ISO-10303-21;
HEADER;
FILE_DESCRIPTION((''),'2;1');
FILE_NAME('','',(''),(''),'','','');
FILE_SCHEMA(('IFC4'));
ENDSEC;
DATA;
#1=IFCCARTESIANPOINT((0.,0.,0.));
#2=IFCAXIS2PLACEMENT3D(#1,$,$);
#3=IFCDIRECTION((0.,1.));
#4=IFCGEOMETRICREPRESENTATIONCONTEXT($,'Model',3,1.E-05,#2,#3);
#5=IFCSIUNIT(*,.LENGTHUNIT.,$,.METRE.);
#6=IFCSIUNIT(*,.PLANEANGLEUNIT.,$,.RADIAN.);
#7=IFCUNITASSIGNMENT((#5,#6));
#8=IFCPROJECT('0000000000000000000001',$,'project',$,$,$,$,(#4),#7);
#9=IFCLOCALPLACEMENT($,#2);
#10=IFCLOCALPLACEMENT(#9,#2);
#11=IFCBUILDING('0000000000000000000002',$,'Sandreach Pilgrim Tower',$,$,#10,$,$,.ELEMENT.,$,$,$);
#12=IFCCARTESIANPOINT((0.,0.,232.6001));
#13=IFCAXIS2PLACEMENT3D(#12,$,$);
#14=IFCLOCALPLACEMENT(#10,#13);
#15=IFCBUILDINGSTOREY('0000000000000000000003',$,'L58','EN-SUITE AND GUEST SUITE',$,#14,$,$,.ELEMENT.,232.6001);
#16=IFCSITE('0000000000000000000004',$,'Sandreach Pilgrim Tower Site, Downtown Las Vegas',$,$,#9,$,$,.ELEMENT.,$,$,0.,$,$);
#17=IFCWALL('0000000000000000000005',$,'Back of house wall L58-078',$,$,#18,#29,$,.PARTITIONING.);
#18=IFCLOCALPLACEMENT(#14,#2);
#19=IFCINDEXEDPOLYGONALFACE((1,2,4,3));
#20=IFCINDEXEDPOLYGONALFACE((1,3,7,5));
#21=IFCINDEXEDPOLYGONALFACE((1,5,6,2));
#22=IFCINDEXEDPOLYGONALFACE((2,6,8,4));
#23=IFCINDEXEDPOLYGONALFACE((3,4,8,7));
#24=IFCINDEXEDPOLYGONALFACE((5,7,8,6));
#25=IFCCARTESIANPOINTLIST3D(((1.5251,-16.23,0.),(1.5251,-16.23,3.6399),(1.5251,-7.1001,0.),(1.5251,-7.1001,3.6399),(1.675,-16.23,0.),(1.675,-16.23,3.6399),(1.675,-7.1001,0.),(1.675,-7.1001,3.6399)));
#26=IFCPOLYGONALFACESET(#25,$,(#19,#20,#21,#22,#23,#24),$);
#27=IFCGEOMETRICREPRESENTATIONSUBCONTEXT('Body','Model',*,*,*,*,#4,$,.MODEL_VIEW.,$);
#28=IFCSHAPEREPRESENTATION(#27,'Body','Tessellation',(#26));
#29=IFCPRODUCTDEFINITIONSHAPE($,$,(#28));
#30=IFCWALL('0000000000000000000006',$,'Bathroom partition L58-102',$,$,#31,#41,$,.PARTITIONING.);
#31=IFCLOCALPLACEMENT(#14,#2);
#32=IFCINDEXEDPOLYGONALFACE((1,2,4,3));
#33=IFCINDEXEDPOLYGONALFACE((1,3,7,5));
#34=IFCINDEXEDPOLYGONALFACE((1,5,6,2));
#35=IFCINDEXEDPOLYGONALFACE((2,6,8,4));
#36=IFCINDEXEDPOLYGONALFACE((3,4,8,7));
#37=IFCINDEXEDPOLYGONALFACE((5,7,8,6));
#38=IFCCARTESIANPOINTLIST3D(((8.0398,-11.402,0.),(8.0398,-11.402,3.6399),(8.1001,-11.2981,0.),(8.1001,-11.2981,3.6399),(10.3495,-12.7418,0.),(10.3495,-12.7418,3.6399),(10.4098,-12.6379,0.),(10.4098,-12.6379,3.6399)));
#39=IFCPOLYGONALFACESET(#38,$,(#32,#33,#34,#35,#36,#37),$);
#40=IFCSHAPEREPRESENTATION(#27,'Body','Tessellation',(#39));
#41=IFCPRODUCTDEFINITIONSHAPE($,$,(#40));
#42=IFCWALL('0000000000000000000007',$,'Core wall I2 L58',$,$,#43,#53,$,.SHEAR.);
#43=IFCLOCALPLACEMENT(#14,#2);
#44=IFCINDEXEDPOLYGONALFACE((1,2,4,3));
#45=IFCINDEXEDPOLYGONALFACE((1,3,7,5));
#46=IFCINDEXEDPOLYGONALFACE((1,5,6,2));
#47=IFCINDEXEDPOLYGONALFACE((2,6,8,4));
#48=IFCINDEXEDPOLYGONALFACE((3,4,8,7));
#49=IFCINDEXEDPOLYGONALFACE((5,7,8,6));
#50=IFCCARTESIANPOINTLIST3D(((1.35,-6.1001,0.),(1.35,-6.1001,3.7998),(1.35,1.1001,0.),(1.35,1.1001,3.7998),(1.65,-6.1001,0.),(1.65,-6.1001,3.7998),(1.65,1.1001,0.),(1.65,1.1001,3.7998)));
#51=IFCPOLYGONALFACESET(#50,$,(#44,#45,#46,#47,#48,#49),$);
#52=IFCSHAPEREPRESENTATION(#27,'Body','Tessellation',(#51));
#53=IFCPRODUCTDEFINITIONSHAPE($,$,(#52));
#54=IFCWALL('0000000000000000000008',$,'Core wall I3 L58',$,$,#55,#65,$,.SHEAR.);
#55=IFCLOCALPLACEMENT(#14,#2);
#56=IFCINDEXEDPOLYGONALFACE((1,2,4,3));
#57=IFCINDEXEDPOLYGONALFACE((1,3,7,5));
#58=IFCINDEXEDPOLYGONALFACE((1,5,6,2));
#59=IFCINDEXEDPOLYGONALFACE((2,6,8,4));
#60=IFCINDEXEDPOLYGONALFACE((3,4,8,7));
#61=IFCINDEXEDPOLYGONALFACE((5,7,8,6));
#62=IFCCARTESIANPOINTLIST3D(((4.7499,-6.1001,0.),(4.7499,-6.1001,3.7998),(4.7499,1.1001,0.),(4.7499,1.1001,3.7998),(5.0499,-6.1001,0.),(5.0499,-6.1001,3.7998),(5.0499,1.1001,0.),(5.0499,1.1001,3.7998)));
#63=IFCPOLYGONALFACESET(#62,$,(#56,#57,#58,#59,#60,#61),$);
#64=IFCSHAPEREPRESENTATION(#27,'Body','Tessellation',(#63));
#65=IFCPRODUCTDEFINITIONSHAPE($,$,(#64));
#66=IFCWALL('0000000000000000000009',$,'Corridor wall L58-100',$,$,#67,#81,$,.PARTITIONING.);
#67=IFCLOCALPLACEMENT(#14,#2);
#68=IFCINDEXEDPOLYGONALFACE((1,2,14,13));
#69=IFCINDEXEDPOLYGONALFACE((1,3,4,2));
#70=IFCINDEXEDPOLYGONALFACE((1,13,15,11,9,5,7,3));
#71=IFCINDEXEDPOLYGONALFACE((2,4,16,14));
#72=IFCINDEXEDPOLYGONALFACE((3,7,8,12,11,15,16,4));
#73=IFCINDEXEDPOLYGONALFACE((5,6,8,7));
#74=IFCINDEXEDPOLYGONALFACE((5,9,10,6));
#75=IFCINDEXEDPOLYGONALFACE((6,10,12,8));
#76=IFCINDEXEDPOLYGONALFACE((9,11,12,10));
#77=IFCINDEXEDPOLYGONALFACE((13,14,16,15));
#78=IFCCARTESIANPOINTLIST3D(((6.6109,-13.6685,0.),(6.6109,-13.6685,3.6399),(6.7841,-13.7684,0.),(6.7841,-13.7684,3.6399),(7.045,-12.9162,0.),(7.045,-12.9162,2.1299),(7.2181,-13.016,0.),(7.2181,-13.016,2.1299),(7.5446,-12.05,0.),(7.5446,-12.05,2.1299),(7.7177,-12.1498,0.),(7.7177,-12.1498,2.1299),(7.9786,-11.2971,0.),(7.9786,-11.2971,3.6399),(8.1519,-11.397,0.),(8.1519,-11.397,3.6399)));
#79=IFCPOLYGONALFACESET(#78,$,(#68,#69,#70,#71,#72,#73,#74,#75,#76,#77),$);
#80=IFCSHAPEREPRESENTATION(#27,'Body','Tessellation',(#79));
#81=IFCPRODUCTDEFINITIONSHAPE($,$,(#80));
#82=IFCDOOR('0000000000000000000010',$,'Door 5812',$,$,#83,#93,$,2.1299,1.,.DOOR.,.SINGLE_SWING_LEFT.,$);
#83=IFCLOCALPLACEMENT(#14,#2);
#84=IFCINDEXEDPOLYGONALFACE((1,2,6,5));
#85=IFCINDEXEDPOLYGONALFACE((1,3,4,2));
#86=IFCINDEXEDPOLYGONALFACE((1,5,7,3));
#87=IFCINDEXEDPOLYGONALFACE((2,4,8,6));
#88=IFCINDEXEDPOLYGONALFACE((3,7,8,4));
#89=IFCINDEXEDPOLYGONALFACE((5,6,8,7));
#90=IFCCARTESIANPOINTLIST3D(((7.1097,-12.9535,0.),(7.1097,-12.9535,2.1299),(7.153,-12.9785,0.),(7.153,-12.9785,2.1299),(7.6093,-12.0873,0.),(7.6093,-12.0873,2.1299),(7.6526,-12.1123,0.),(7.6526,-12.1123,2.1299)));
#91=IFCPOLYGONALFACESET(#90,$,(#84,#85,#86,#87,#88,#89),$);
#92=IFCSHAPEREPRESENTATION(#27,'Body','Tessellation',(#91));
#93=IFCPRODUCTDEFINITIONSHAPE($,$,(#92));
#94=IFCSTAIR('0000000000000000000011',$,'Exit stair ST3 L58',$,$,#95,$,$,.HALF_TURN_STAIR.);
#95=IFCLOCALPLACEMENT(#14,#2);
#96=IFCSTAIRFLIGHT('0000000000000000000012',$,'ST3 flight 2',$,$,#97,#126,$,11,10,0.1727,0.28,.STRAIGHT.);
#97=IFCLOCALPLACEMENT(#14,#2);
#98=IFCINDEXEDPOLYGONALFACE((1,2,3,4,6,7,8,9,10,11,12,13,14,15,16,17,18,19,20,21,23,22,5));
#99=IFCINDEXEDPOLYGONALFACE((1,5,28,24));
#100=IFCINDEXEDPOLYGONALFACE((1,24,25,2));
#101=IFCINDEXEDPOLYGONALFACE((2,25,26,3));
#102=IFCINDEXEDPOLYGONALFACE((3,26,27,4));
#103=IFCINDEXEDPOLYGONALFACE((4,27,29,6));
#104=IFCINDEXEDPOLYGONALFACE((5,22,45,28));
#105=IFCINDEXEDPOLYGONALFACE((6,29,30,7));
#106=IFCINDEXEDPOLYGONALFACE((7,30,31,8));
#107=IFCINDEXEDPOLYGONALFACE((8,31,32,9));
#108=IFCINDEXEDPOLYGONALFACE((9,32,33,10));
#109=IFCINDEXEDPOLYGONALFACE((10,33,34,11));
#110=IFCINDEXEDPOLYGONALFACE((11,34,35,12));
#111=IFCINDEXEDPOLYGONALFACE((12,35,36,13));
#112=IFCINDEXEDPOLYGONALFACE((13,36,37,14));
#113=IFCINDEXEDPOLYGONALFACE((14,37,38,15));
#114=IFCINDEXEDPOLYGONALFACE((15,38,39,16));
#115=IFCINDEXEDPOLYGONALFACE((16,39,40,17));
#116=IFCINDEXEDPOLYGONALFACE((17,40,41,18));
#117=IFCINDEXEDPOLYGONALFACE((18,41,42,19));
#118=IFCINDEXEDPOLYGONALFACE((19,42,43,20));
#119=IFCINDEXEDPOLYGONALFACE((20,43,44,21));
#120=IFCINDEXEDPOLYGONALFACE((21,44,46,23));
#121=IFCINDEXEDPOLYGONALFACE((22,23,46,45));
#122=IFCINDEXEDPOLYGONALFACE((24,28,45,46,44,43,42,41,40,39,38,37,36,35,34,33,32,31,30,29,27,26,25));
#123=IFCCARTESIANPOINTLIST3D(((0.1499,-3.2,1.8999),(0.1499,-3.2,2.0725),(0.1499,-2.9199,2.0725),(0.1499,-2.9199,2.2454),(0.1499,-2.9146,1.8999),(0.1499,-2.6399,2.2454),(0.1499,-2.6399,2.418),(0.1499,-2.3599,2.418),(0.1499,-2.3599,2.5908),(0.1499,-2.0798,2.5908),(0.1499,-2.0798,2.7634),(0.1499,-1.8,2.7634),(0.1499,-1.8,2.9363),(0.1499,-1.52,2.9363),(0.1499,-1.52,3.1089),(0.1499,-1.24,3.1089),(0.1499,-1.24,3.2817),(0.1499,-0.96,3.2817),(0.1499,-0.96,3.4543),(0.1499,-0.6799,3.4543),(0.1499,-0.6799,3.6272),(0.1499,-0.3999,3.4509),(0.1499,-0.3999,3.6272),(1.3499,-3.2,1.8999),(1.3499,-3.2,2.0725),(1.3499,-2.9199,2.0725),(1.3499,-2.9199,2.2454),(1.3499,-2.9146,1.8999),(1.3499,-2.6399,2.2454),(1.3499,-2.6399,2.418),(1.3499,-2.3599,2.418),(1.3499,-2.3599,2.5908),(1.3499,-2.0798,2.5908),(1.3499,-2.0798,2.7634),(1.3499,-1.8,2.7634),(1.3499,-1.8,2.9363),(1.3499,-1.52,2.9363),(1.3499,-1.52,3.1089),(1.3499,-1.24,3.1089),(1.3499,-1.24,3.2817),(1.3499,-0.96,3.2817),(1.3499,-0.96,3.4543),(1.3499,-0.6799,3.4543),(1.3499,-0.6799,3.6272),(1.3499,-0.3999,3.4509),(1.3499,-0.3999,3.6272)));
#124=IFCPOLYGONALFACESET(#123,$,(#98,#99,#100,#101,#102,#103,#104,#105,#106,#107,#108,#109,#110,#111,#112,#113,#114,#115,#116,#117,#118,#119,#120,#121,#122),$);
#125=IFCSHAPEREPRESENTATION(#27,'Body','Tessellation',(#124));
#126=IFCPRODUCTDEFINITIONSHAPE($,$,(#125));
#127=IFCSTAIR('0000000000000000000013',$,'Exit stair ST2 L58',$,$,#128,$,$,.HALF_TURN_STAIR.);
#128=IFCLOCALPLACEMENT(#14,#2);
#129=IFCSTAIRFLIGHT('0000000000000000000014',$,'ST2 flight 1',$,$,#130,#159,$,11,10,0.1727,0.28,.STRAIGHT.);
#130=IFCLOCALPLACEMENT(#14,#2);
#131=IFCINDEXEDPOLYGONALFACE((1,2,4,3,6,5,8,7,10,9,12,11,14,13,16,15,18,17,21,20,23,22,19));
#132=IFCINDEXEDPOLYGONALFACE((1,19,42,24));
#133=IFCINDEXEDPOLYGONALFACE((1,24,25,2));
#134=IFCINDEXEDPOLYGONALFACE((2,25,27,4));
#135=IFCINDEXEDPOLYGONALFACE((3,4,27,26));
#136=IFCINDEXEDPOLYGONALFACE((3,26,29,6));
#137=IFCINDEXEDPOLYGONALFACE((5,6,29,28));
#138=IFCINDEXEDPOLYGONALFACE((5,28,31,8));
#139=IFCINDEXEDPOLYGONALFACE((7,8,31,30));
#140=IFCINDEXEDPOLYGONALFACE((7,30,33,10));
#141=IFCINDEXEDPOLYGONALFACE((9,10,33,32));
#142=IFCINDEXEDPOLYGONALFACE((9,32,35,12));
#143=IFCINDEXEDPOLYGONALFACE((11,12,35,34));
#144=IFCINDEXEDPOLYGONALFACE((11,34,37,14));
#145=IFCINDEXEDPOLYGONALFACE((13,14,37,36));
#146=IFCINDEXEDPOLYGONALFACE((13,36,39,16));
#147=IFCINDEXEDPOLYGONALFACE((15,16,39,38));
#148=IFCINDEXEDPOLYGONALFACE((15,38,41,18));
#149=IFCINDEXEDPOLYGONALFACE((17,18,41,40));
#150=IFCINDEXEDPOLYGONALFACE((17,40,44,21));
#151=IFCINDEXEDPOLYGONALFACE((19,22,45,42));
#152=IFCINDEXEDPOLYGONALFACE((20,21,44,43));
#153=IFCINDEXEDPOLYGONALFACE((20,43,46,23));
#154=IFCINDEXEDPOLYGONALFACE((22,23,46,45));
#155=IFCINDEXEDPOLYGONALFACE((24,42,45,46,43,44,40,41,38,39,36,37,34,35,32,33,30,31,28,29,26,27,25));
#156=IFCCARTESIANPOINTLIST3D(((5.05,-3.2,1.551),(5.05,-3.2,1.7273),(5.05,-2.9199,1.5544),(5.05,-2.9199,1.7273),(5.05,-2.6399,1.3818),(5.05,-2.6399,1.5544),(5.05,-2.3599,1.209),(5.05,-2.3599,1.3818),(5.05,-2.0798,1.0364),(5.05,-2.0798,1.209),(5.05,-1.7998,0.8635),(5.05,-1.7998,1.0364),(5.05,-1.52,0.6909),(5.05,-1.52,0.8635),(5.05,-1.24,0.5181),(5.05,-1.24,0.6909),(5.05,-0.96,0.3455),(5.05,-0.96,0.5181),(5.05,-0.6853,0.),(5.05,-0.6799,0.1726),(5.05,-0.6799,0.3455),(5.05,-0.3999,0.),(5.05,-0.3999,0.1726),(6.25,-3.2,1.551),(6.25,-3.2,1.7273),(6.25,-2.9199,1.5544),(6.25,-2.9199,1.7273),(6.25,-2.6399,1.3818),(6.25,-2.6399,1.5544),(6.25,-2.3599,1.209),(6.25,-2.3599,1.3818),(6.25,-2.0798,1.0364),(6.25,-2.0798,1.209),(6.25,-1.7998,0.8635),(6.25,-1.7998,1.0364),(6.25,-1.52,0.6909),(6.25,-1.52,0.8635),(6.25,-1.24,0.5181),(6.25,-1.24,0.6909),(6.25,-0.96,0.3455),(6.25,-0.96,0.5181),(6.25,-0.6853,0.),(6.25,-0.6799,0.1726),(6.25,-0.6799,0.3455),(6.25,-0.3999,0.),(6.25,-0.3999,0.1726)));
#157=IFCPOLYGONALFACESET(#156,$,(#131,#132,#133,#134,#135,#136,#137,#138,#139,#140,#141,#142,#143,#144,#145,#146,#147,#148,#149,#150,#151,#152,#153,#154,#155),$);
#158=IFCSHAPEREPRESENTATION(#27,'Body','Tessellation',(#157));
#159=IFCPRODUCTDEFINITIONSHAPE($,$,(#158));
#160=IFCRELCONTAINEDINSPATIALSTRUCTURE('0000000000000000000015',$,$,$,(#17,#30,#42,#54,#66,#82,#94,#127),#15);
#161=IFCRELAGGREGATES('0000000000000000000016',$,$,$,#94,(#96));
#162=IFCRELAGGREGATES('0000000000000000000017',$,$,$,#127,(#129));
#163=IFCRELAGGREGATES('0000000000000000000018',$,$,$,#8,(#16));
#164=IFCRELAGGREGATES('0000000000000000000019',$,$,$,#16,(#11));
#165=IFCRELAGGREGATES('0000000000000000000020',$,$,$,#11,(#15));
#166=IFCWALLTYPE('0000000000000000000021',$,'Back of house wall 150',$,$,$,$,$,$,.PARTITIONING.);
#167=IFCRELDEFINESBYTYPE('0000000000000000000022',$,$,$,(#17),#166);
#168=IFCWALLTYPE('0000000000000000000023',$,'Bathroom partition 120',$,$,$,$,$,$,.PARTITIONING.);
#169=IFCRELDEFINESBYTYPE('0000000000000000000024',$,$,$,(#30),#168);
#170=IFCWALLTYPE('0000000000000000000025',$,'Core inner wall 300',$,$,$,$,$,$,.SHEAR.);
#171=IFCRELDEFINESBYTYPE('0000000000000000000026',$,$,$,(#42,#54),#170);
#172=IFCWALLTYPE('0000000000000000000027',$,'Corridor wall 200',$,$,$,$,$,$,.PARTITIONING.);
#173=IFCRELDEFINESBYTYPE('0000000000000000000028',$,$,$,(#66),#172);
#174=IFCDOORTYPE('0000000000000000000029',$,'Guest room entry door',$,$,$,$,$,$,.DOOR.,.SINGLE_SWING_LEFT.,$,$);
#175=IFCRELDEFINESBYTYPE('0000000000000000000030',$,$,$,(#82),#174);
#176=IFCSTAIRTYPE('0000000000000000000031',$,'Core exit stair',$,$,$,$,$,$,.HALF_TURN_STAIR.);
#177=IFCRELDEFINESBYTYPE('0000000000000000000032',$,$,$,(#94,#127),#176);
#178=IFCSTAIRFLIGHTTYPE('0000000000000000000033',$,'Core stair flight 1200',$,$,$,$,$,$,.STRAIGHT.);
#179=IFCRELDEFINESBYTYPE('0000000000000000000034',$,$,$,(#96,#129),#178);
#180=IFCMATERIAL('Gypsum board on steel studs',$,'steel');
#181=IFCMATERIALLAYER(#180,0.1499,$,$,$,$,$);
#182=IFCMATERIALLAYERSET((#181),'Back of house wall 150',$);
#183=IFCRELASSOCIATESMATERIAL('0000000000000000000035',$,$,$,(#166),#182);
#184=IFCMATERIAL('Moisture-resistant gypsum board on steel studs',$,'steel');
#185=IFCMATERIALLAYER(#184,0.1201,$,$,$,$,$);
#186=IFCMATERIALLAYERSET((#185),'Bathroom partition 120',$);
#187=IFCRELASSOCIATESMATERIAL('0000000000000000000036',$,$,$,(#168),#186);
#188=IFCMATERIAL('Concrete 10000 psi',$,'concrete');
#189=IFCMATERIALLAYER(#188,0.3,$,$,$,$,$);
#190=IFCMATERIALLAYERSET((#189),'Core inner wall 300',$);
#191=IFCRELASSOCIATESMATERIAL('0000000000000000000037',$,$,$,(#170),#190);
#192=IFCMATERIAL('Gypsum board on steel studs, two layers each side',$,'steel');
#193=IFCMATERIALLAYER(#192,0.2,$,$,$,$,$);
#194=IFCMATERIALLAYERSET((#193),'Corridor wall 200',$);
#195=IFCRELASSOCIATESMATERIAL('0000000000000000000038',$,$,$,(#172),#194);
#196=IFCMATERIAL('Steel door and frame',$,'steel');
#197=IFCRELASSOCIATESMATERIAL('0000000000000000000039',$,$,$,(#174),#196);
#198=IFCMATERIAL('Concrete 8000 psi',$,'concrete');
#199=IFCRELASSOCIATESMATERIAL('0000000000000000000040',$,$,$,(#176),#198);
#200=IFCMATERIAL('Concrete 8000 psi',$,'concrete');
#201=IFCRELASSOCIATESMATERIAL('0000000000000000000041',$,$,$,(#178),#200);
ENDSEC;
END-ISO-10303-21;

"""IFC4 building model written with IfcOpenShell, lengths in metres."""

from ifc_helpers import new_model, si_unit, direction, frame, frame_2d, origin, place, context, subcontext, project, spatial, polyline, rectangle, outline, extrude, material, layer, layer_set, type_object, element, fill, aggregate, save


model = new_model("IFC4")

# Units and contexts
model_context = context("Model", 3, precision=1e-05, world=origin(), true_north=direction((0.0, 1.0)))
body_context = subcontext(model_context, "Body", "Model", "MODEL_VIEW")
ifc_project = project(units=[si_unit("LENGTHUNIT", "METRE"), si_unit("PLANEANGLEUNIT", "RADIAN")], contexts=[model_context])

# Site, building, storey
site_placement = place(None, origin())
site = spatial("IfcSite", under=ifc_project, at=site_placement, Name="Sandreach Pilgrim Tower Site, Downtown Las Vegas", CompositionType="ELEMENT", RefElevation=0.0)
building_placement = place(site_placement, origin())
building = spatial("IfcBuilding", under=site, at=building_placement, Name="Sandreach Pilgrim Tower", CompositionType="ELEMENT")
storey_placement = place(building_placement, frame((0.0, 0.0, 232.6001)))
storey = spatial("IfcBuildingStorey", under=building, at=storey_placement, Name="L58", Description="EN-SUITE AND GUEST SUITE", CompositionType="ELEMENT", Elevation=232.6001)

# Walls
ifc_material_1 = material(Name="Gypsum board on steel studs", Category="steel")
ifc_layer_1 = layer(ifc_material_1, 0.1499)
ifc_layer_set_1 = layer_set([ifc_layer_1], Name="Back of house wall 150")
wall_type_1 = type_object("IfcWallType", Name="Back of house wall 150", PredefinedType="PARTITIONING", material=ifc_layer_set_1)
wall_1_placement = place(storey_placement, frame((1.6001, -7.1001, 0.0), z_axis=(0.0, 0.0, 1.0), x_axis=(0.0, -1.0, 0.0)))
element("IfcWall", 1, at=wall_1_placement, inside=storey, type_object=wall_type_1, Name="Back of house wall L58-078", PredefinedType="PARTITIONING", context=body_context, shape_type="SweptSolid", body=[
    extrude(rectangle(XDim=9.1299, YDim=0.1499, at=frame_2d((4.5649, 0.0))), origin(), (0.0, 0.0, 1.0), 3.6399),
])
ifc_material_2 = material(Name="Moisture-resistant gypsum board on steel studs", Category="steel")
ifc_layer_2 = layer(ifc_material_2, 0.1201)
ifc_layer_set_2 = layer_set([ifc_layer_2], Name="Bathroom partition 120")
wall_type_2 = type_object("IfcWallType", Name="Bathroom partition 120", PredefinedType="PARTITIONING", material=ifc_layer_set_2)
wall_2_placement = place(storey_placement, frame((8.0701, -11.3501, 0.0), z_axis=(0.0, 0.0, 1.0), x_axis=(0.865007, -0.501761, 0.0)))
element("IfcWall", 2, at=wall_2_placement, inside=storey, type_object=wall_type_2, Name="Bathroom partition L58-102", PredefinedType="PARTITIONING", context=body_context, shape_type="SweptSolid", body=[
    extrude(rectangle(XDim=2.6702, YDim=0.1201, at=frame_2d((1.335, 0.0))), origin(), (0.0, 0.0, 1.0), 3.6399),
])
ifc_material_3 = material(Name="Concrete 10000 psi", Category="concrete")
ifc_layer_3 = layer(ifc_material_3, 0.3)
ifc_layer_set_3 = layer_set([ifc_layer_3], Name="Core inner wall 300")
wall_type_3 = type_object("IfcWallType", Name="Core inner wall 300", PredefinedType="SHEAR", material=ifc_layer_set_3)
for number, where, z_axis, x_axis, name in (
    (3, (1.5, -6.1001, 0.0), (0.0, 0.0, 1.0), (0.0, 1.0, 0.0), "Core wall I2 L58"),
    (4, (4.8999, -6.1001, 0.0), (0.0, 0.0, 1.0), (0.0, 1.0, 0.0), "Core wall I3 L58"),
):
    element("IfcWall", number, at=place(storey_placement, frame(where, z_axis=z_axis, x_axis=x_axis)), inside=storey, type_object=wall_type_3, Name=name, PredefinedType="SHEAR", context=body_context, shape_type="SweptSolid", body=[
        extrude(rectangle(XDim=7.2002, YDim=0.3, at=frame_2d((3.6001, 0.0))), origin(), (0.0, 0.0, 1.0), 3.7998),
    ])

# Wall, opening, door
ifc_material_4 = material(Name="Gypsum board on steel studs, two layers each side", Category="steel")
ifc_layer_4 = layer(ifc_material_4, 0.2)
ifc_layer_set_4 = layer_set([ifc_layer_4], Name="Corridor wall 200")
wall_type_4 = type_object("IfcWallType", Name="Corridor wall 200", PredefinedType="PARTITIONING", material=ifc_layer_set_4)
wall_3_placement = place(storey_placement, frame((8.0652, -11.3472, 0.0), z_axis=(0.0, 0.0, 1.0), x_axis=(-0.499612, -0.866249, 0.0)))
wall_3 = element("IfcWall", 5, at=wall_3_placement, inside=storey, type_object=wall_type_4, Name="Corridor wall L58-100", PredefinedType="PARTITIONING", context=body_context, shape_type="SweptSolid", body=[
    extrude(rectangle(XDim=2.7375, YDim=0.2, at=frame_2d((1.3687, 0.0))), origin(), (0.0, 0.0, 1.0), 3.6399),
])
opening_1_placement = place(wall_3_placement, frame((0.8689, 0.0, 0.0)))
opening_1 = element("IfcOpeningElement", 6, at=opening_1_placement, cuts=wall_3, PredefinedType="OPENING", context=body_context, shape_type="SweptSolid", body=[
    extrude(rectangle(XDim=1.0, YDim=2.1299, at=frame_2d((0.5, 1.0649))), frame((0.0, 0.1001, 0.0), z_axis=(0.0, -1.0, 0.0), x_axis=(1.0, 0.0, 0.0)), (0.0, 0.0, 1.0), 0.2),
])
ifc_material_5 = material(Name="Steel door and frame", Category="steel")
door_type_1 = type_object("IfcDoorType", Name="Guest room entry door", OperationType="SINGLE_SWING_LEFT", PredefinedType="DOOR", material=ifc_material_5)
door_1_placement = place(opening_1_placement, origin())
door_1 = element("IfcDoor", 7, at=door_1_placement, inside=storey, type_object=door_type_1, Name="Door 5812", OperationType="SINGLE_SWING_LEFT", OverallHeight=2.1299, OverallWidth=1.0, PredefinedType="DOOR", context=body_context, shape_type="SweptSolid", body=[
    extrude(rectangle(XDim=1.0, YDim=2.1299, at=frame_2d((0.5, 1.0649))), frame((0.0, 0.0249, 0.0), z_axis=(0.0, -1.0, 0.0), x_axis=(1.0, 0.0, 0.0)), (0.0, 0.0, 1.0), 0.05),
])
fill(opening_1, door_1)

# Stair, stair flight
ifc_material_6 = material(Name="Concrete 8000 psi", Category="concrete")
stair_type = type_object("IfcStairType", Name="Core exit stair", PredefinedType="HALF_TURN_STAIR", material=ifc_material_6)
stair_1_placement = place(storey_placement, origin())
stair_1 = element("IfcStair", 8, at=stair_1_placement, inside=storey, type_object=stair_type, Name="Exit stair ST3 L58", PredefinedType="HALF_TURN_STAIR")
ifc_material_7 = material(Name="Concrete 8000 psi", Category="concrete")
stair_flight_type = type_object("IfcStairFlightType", Name="Core stair flight 1200", PredefinedType="STRAIGHT", material=ifc_material_7)
stair_flight_1_placement = place(storey_placement, frame((0.75, -3.2, 1.8999), z_axis=(0.0, 0.0, 1.0), x_axis=(0.0, 1.0, 0.0)))
stair_flight_1 = element("IfcStairFlight", 9, at=stair_flight_1_placement, type_object=stair_flight_type, Name="ST3 flight 2", NumberOfRisers=11, NumberOfTreads=10, PredefinedType="STRAIGHT", RiserHeight=0.1727, TreadLength=0.28, context=body_context, shape_type="SweptSolid", body=[
    extrude(outline(polyline([(0.0, 0.0), (0.0, 0.1726), (0.28, 0.1726), (0.28, 0.3455), (0.5601, 0.3455), (0.5601, 0.5181), (0.8401, 0.5181), (0.8401, 0.6909), (1.1201, 0.6909), (1.1201, 0.8635), (1.3999, 0.8635), (1.3999, 1.0364), (1.6799, 1.0364), (1.6799, 1.209), (1.96, 1.209), (1.96, 1.3818), (2.24, 1.3818), (2.24, 1.5544), (2.52, 1.5544), (2.52, 1.7273), (2.8, 1.7273), (2.8, 1.8999), (2.8, 1.551), (0.2854, 0.0), (0.0, 0.0)])), frame((0.0, 0.6001, 0.0), z_axis=(0.0, -1.0, 0.0), x_axis=(1.0, 0.0, 0.0)), (0.0, 0.0, 1.0), 1.2),
])
aggregate(stair_1, [stair_flight_1])

# Stair, stair flight
stair_2_placement = place(storey_placement, origin())
stair_2 = element("IfcStair", 10, at=stair_2_placement, inside=storey, type_object=stair_type, Name="Exit stair ST2 L58", PredefinedType="HALF_TURN_STAIR")
stair_flight_2_placement = place(storey_placement, frame((5.6499, -0.3999, 0.0), z_axis=(0.0, 0.0, 1.0), x_axis=(0.0, -1.0, 0.0)))
stair_flight_2 = element("IfcStairFlight", 11, at=stair_flight_2_placement, type_object=stair_flight_type, Name="ST2 flight 1", NumberOfRisers=11, NumberOfTreads=10, PredefinedType="STRAIGHT", RiserHeight=0.1727, TreadLength=0.28, context=body_context, shape_type="SweptSolid", body=[
    extrude(outline(polyline([(0.0, 0.0), (0.0, 0.1726), (0.28, 0.1726), (0.28, 0.3455), (0.5601, 0.3455), (0.5601, 0.5181), (0.8401, 0.5181), (0.8401, 0.6909), (1.1201, 0.6909), (1.1201, 0.8635), (1.3999, 0.8635), (1.3999, 1.0364), (1.6799, 1.0364), (1.6799, 1.209), (1.96, 1.209), (1.96, 1.3818), (2.24, 1.3818), (2.24, 1.5544), (2.52, 1.5544), (2.52, 1.7273), (2.8, 1.7273), (2.8, 1.8999), (2.8, 1.551), (0.2854, 0.0), (0.0, 0.0)])), frame((0.0, 0.6001, 0.0), z_axis=(0.0, -1.0, 0.0), x_axis=(1.0, 0.0, 0.0)), (0.0, 0.0, 1.0), 1.2),
])
aggregate(stair_2, [stair_flight_2])

save(model, "model.ifc")
